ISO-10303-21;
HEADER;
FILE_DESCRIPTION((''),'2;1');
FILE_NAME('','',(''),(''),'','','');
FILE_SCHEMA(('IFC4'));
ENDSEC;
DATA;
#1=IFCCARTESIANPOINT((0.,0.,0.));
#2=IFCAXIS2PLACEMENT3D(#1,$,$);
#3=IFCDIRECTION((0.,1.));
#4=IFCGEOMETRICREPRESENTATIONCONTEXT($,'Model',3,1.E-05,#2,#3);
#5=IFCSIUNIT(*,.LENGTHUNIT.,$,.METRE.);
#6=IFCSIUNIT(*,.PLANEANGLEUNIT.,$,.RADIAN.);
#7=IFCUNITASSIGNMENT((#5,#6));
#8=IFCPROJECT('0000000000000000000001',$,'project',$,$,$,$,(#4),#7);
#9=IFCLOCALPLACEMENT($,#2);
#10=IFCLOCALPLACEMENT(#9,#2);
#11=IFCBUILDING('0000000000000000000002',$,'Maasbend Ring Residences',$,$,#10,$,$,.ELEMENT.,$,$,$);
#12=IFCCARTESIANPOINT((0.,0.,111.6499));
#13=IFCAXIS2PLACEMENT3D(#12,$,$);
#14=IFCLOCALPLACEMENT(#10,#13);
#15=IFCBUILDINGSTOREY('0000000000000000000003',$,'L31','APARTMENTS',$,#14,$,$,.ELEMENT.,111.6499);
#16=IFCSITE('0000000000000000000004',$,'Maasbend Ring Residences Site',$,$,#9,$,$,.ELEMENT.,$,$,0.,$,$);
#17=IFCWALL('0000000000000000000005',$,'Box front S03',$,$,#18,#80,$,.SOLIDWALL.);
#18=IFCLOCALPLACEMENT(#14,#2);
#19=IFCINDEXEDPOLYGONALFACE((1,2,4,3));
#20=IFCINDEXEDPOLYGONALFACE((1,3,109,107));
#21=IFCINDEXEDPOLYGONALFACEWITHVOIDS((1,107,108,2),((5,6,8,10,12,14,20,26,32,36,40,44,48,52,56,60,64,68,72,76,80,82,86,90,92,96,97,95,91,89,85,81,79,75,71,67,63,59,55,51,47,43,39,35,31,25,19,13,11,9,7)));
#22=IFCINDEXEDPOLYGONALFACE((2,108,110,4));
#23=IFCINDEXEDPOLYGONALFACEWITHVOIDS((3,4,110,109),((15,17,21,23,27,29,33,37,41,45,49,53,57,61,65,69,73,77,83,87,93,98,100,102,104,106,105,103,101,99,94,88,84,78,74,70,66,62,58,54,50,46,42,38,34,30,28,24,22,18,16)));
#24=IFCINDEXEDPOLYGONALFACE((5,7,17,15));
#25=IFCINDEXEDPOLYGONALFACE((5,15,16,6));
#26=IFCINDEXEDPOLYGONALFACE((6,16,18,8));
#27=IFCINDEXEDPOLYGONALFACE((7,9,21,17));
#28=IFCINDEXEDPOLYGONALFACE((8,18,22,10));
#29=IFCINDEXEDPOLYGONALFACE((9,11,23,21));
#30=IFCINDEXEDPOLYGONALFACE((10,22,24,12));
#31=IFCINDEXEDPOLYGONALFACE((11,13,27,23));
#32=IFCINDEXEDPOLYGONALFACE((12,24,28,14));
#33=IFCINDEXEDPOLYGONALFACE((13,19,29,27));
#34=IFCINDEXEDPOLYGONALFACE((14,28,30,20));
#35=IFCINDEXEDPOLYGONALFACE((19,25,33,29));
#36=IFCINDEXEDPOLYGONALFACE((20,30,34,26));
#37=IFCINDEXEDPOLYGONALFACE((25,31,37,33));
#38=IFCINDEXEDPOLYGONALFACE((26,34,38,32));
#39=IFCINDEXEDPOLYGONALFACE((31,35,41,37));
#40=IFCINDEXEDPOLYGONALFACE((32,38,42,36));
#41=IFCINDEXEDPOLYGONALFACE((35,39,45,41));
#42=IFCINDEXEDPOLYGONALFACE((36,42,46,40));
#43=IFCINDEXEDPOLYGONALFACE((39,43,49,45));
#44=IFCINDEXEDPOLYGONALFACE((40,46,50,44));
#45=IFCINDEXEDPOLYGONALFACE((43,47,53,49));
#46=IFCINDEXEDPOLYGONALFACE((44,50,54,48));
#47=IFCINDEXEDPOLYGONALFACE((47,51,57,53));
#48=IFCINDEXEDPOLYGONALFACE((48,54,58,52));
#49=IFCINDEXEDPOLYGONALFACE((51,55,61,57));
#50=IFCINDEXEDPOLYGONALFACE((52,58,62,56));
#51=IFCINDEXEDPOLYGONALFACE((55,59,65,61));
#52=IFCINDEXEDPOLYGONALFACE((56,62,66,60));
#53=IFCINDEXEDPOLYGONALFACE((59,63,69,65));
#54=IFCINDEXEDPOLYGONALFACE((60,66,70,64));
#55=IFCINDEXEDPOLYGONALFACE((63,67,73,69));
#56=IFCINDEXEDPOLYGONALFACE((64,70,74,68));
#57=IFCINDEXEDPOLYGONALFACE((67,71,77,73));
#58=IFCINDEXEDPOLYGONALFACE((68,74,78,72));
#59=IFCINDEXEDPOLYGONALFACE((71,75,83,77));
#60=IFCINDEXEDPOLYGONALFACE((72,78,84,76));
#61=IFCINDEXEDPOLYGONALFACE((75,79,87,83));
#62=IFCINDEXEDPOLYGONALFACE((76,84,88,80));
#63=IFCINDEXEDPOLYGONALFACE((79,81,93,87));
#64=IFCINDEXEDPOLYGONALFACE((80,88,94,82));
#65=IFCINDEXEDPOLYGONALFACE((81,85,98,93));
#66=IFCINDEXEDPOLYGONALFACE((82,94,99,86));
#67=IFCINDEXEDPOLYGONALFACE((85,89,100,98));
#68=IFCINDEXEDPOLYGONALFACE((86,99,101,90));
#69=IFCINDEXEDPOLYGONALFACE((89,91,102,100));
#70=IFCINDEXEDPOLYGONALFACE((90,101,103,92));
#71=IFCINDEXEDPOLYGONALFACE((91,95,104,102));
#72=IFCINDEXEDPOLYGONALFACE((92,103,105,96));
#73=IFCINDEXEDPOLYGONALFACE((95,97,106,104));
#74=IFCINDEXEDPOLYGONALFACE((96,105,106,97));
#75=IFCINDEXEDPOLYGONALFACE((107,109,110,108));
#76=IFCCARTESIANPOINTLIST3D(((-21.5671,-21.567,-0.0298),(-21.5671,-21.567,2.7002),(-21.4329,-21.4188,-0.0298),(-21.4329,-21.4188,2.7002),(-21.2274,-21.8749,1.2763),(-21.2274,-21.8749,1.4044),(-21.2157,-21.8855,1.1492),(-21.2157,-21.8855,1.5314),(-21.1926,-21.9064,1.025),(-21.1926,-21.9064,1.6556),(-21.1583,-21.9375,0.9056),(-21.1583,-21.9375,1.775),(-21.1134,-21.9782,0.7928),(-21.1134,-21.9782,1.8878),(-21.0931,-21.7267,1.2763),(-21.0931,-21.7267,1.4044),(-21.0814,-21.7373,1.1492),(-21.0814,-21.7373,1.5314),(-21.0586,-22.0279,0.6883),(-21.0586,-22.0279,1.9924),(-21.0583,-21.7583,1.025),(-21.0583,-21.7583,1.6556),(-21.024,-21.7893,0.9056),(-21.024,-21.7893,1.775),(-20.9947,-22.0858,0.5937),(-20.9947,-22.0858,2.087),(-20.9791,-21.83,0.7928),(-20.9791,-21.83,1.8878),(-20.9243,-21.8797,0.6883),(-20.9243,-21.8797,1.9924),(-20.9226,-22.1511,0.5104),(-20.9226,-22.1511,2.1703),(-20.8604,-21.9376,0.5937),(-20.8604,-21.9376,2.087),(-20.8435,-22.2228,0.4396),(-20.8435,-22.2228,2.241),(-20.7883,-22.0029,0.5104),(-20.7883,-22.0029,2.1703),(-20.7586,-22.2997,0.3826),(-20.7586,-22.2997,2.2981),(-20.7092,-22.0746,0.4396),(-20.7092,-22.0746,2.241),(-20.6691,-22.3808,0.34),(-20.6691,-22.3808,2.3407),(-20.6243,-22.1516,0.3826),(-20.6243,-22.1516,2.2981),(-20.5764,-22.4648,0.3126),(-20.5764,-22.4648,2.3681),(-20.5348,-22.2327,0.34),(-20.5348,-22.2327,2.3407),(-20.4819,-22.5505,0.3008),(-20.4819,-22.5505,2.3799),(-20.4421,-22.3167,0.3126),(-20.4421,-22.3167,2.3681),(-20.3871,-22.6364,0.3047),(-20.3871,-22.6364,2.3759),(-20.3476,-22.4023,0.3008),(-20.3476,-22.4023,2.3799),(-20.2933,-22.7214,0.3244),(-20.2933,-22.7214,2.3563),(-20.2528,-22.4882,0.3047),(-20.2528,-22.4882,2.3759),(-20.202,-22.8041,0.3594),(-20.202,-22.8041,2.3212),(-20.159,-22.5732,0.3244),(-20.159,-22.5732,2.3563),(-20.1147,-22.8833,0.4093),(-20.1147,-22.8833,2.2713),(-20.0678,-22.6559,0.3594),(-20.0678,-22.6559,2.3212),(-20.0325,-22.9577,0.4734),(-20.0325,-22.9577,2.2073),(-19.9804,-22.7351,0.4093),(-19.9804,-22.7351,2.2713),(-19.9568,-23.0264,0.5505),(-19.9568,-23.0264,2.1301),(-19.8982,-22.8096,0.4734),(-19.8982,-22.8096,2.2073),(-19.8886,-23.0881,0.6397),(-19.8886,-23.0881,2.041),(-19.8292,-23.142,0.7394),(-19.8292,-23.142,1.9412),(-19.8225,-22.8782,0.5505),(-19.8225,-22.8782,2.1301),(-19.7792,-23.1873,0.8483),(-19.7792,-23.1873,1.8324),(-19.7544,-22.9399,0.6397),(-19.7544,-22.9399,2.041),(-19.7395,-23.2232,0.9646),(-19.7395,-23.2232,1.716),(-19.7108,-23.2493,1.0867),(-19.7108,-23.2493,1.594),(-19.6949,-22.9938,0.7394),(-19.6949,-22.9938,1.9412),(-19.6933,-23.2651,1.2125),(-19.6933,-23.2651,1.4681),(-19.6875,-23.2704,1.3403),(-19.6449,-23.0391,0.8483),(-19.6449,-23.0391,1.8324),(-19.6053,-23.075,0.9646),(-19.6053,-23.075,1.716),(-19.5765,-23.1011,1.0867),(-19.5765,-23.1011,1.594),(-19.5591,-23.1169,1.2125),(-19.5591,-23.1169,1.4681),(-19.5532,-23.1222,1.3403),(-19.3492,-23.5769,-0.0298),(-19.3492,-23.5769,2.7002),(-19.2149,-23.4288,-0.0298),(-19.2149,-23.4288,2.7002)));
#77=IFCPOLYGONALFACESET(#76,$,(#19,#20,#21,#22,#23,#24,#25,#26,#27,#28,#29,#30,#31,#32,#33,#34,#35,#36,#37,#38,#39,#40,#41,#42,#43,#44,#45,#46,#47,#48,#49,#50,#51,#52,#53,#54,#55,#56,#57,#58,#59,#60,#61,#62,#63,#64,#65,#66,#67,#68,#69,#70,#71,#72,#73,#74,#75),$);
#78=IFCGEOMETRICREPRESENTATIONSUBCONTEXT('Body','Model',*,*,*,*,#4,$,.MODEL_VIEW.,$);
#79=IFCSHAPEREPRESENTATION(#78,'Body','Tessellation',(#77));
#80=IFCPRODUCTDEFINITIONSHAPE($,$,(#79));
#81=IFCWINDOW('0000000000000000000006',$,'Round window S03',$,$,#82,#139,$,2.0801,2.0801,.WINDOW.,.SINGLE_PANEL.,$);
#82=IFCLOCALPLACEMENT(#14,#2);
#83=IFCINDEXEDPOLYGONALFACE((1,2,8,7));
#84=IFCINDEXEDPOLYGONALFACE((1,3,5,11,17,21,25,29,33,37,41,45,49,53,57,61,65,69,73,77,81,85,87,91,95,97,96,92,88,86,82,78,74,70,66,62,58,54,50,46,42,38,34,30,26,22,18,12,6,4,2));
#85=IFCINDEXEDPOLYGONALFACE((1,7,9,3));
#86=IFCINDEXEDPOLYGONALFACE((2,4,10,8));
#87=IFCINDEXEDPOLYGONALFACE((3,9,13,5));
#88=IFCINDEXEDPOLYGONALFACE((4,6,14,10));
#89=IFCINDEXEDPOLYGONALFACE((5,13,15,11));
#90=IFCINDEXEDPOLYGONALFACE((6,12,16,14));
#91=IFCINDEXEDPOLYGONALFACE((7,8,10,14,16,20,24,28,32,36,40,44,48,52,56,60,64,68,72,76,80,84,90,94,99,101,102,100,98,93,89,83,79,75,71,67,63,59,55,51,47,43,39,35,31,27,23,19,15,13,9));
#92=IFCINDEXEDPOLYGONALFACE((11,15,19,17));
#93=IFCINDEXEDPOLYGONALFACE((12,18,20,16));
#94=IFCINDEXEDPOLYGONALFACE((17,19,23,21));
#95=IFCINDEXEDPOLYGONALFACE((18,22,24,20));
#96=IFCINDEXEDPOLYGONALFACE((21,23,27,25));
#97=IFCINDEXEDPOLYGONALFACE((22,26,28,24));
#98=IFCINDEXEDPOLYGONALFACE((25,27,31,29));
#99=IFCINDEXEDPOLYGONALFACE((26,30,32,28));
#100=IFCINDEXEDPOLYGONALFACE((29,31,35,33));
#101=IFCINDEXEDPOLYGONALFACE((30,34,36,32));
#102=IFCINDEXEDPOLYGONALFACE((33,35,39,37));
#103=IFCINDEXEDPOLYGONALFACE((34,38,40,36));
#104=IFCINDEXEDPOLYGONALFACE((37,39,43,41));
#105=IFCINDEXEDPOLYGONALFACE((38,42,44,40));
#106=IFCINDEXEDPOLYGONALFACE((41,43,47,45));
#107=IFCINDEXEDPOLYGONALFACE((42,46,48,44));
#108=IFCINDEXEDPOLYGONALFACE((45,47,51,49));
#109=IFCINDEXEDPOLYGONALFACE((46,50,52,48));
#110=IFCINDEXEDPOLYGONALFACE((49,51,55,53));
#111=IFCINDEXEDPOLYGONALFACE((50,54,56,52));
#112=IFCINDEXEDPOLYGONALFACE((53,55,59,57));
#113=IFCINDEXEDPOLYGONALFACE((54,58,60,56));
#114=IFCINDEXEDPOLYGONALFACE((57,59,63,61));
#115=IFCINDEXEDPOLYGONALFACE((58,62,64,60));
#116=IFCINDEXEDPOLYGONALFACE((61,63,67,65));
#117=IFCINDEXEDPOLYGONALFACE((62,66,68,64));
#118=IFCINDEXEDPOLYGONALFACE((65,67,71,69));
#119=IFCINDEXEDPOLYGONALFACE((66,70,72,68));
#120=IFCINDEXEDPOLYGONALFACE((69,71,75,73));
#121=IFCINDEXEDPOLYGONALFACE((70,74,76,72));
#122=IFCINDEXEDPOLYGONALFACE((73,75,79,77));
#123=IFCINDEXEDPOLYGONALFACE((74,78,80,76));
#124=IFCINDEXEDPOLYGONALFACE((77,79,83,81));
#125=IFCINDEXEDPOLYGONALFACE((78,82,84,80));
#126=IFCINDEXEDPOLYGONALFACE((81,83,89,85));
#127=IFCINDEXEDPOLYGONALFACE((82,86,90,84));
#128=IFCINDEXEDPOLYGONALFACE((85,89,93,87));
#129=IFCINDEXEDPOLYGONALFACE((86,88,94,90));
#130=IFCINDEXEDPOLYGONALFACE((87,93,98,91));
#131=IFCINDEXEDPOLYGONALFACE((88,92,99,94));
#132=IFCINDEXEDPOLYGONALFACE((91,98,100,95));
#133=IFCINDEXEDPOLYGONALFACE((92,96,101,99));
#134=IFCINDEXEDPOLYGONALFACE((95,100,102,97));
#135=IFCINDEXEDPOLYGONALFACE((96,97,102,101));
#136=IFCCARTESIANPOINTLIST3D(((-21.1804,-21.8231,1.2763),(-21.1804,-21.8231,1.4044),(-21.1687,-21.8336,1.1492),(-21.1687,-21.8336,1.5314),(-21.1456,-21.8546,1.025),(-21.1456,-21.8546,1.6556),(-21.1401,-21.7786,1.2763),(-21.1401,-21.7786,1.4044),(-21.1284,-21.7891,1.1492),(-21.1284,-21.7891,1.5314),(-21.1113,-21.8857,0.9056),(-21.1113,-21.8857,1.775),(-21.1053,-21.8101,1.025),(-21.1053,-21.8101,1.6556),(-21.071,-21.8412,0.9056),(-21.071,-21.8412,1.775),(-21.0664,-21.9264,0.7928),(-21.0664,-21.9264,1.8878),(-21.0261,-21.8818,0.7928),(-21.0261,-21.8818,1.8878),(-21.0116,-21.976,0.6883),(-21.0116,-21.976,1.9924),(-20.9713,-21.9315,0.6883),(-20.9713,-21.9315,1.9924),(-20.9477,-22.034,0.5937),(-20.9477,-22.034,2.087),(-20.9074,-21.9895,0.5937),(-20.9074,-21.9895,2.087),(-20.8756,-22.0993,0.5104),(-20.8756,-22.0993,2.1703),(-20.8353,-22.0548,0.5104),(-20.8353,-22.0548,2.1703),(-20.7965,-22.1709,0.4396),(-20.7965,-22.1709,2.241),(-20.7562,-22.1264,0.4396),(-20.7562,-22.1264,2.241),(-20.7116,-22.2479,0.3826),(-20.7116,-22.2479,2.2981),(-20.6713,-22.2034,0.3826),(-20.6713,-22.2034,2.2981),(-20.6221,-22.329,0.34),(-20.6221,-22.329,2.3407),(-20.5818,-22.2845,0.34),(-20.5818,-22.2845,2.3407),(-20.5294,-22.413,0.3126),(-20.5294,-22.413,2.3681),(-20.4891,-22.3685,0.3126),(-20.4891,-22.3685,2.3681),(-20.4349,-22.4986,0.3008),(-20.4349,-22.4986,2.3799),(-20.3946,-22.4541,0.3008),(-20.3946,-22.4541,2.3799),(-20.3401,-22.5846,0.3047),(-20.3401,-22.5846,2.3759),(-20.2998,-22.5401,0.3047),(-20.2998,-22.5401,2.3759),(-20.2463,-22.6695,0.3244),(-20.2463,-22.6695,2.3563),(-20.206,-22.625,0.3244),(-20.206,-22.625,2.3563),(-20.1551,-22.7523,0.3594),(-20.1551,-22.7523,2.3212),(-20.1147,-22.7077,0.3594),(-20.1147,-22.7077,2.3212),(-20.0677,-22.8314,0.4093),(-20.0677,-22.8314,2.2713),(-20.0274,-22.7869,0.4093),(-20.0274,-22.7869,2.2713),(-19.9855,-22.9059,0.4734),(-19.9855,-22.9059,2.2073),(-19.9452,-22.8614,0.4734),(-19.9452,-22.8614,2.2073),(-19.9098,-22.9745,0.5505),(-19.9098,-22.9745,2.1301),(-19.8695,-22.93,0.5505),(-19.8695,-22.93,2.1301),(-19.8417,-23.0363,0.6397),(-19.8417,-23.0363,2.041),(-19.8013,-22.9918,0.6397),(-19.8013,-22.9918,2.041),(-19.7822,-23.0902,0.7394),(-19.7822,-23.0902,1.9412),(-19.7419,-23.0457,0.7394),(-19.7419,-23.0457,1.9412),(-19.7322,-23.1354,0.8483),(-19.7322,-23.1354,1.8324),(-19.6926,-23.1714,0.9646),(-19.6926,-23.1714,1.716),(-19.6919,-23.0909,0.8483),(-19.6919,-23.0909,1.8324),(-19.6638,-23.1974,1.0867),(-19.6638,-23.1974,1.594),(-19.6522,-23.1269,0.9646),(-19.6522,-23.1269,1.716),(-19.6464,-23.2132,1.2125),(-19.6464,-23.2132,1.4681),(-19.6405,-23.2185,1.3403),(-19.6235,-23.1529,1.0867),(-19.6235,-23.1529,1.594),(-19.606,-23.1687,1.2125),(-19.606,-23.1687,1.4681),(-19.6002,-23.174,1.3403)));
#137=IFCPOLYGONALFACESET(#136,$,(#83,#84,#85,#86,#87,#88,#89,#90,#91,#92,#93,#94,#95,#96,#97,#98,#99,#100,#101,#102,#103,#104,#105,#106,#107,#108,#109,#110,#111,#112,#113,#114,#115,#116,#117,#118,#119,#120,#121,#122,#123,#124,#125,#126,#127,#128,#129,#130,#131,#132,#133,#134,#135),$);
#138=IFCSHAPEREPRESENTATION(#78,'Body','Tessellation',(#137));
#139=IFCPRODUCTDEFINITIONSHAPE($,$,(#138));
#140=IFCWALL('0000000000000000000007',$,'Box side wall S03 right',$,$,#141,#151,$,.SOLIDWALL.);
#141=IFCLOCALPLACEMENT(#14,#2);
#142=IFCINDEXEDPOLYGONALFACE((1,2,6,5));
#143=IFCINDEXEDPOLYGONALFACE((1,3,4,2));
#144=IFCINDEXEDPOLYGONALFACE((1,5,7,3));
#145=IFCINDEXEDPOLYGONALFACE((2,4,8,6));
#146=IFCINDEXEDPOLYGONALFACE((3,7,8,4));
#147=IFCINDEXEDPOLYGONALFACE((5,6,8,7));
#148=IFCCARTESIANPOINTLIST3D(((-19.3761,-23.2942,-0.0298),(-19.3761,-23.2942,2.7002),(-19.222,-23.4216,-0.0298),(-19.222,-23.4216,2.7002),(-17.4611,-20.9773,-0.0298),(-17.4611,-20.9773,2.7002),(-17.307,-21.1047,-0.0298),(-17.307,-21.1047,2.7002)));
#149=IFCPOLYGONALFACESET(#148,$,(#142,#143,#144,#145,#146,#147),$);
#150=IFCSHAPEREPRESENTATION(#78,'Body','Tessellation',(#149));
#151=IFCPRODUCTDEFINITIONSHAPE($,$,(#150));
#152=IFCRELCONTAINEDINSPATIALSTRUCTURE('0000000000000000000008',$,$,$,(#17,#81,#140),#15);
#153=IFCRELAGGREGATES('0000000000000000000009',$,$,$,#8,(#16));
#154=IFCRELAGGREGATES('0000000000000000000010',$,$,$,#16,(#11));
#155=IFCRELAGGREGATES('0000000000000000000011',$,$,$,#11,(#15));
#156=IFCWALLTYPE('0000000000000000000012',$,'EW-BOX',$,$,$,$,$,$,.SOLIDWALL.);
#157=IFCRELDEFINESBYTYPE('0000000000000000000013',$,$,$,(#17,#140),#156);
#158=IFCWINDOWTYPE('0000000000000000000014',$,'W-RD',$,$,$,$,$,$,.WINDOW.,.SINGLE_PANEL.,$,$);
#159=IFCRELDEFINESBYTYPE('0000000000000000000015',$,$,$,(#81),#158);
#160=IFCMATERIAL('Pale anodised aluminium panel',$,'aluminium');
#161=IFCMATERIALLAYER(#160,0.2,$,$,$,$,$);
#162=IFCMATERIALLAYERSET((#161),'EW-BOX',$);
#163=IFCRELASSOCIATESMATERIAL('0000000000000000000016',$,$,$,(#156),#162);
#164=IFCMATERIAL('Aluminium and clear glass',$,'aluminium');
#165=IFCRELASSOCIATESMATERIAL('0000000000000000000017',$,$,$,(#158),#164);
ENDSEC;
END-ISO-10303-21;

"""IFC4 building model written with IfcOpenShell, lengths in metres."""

from ifc_helpers import new_model, si_unit, direction, frame, frame_2d, origin, place, context, subcontext, project, spatial, rectangle, circle, extrude, material, layer, layer_set, type_object, element, fill, save


model = new_model("IFC4")

# Units and contexts
model_context = context("Model", 3, precision=1e-05, world=origin(), true_north=direction((0.0, 1.0)))
body_context = subcontext(model_context, "Body", "Model", "MODEL_VIEW")
ifc_project = project(units=[si_unit("LENGTHUNIT", "METRE"), si_unit("PLANEANGLEUNIT", "RADIAN")], contexts=[model_context])

# Site, building, storey
site_placement = place(None, origin())
site = spatial("IfcSite", under=ifc_project, at=site_placement, Name="Maasbend Ring Residences Site", CompositionType="ELEMENT", RefElevation=0.0)
building_placement = place(site_placement, origin())
building = spatial("IfcBuilding", under=site, at=building_placement, Name="Maasbend Ring Residences", CompositionType="ELEMENT")
storey_placement = place(building_placement, frame((0.0, 0.0, 111.6499)))
storey = spatial("IfcBuildingStorey", under=building, at=storey_placement, Name="L31", Description="APARTMENTS", CompositionType="ELEMENT", Elevation=111.6499)

# Wall, opening, window
ifc_material_1 = material(Name="Pale anodised aluminium panel", Category="aluminium")
ifc_layer_1 = layer(ifc_material_1, 0.2)
ifc_layer_set_1 = layer_set([ifc_layer_1], Name="EW-BOX")
wall_type_1 = type_object("IfcWallType", Name="EW-BOX", PredefinedType="SOLIDWALL", material=ifc_layer_set_1)
wall_1_placement = place(storey_placement, frame((-21.5, -21.4929, -0.0298), z_axis=(0.0, 0.0, 1.0), x_axis=(0.740998, -0.671507, 0.0)))
wall_1 = element("IfcWall", 1, at=wall_1_placement, inside=storey, type_object=wall_type_1, Name="Box front S03", PredefinedType="SOLIDWALL", context=body_context, shape_type="SweptSolid", body=[
    extrude(rectangle(XDim=2.9932, YDim=0.2, at=frame_2d((1.4966, 0.0))), origin(), (0.0, 0.0, 1.0), 2.73),
])
opening_1_placement = place(wall_1_placement, frame((0.4565, 0.0, 0.3301)))
opening_1 = element("IfcOpeningElement", 2, at=opening_1_placement, cuts=wall_1, PredefinedType="OPENING", context=body_context, shape_type="SweptSolid", body=[
    extrude(circle(Radius=1.04, at=frame_2d((1.04, 1.04))), frame((0.0, 0.1099, 0.0), z_axis=(0.0, -1.0, 0.0), x_axis=(1.0, 0.0, 0.0)), (0.0, 0.0, 1.0), 0.22),
])
ifc_material_2 = material(Name="Aluminium and clear glass", Category="aluminium")
window_type_1 = type_object("IfcWindowType", Name="W-RD", PartitioningType="SINGLE_PANEL", PredefinedType="WINDOW", material=ifc_material_2)
window_1_placement = place(opening_1_placement, origin())
window_1 = element("IfcWindow", 3, at=window_1_placement, inside=storey, type_object=window_type_1, Name="Round window S03", OverallHeight=2.0801, OverallWidth=2.0801, PartitioningType="SINGLE_PANEL", PredefinedType="WINDOW", context=body_context, shape_type="SweptSolid", body=[
    extrude(circle(Radius=1.04, at=frame_2d((1.04, 1.04))), frame((0.0, 0.03, 0.0), z_axis=(0.0, -1.0, 0.0), x_axis=(1.0, 0.0, 0.0)), (0.0, 0.0, 1.0), 0.0601),
])
fill(opening_1, window_1)

# Wall
wall_2_placement = place(storey_placement, frame((-17.384, -21.041, -0.0298), z_axis=(0.0, 0.0, 1.0), x_axis=(-0.637096, -0.770785, 0.0)))
element("IfcWall", 4, at=wall_2_placement, inside=storey, type_object=wall_type_1, Name="Box side wall S03 right", PredefinedType="SOLIDWALL", context=body_context, shape_type="SweptSolid", body=[
    extrude(rectangle(XDim=3.0059, YDim=0.2, at=frame_2d((1.5029, 0.0))), origin(), (0.0, 0.0, 1.0), 2.73),
])

save(model, "model.ifc")
